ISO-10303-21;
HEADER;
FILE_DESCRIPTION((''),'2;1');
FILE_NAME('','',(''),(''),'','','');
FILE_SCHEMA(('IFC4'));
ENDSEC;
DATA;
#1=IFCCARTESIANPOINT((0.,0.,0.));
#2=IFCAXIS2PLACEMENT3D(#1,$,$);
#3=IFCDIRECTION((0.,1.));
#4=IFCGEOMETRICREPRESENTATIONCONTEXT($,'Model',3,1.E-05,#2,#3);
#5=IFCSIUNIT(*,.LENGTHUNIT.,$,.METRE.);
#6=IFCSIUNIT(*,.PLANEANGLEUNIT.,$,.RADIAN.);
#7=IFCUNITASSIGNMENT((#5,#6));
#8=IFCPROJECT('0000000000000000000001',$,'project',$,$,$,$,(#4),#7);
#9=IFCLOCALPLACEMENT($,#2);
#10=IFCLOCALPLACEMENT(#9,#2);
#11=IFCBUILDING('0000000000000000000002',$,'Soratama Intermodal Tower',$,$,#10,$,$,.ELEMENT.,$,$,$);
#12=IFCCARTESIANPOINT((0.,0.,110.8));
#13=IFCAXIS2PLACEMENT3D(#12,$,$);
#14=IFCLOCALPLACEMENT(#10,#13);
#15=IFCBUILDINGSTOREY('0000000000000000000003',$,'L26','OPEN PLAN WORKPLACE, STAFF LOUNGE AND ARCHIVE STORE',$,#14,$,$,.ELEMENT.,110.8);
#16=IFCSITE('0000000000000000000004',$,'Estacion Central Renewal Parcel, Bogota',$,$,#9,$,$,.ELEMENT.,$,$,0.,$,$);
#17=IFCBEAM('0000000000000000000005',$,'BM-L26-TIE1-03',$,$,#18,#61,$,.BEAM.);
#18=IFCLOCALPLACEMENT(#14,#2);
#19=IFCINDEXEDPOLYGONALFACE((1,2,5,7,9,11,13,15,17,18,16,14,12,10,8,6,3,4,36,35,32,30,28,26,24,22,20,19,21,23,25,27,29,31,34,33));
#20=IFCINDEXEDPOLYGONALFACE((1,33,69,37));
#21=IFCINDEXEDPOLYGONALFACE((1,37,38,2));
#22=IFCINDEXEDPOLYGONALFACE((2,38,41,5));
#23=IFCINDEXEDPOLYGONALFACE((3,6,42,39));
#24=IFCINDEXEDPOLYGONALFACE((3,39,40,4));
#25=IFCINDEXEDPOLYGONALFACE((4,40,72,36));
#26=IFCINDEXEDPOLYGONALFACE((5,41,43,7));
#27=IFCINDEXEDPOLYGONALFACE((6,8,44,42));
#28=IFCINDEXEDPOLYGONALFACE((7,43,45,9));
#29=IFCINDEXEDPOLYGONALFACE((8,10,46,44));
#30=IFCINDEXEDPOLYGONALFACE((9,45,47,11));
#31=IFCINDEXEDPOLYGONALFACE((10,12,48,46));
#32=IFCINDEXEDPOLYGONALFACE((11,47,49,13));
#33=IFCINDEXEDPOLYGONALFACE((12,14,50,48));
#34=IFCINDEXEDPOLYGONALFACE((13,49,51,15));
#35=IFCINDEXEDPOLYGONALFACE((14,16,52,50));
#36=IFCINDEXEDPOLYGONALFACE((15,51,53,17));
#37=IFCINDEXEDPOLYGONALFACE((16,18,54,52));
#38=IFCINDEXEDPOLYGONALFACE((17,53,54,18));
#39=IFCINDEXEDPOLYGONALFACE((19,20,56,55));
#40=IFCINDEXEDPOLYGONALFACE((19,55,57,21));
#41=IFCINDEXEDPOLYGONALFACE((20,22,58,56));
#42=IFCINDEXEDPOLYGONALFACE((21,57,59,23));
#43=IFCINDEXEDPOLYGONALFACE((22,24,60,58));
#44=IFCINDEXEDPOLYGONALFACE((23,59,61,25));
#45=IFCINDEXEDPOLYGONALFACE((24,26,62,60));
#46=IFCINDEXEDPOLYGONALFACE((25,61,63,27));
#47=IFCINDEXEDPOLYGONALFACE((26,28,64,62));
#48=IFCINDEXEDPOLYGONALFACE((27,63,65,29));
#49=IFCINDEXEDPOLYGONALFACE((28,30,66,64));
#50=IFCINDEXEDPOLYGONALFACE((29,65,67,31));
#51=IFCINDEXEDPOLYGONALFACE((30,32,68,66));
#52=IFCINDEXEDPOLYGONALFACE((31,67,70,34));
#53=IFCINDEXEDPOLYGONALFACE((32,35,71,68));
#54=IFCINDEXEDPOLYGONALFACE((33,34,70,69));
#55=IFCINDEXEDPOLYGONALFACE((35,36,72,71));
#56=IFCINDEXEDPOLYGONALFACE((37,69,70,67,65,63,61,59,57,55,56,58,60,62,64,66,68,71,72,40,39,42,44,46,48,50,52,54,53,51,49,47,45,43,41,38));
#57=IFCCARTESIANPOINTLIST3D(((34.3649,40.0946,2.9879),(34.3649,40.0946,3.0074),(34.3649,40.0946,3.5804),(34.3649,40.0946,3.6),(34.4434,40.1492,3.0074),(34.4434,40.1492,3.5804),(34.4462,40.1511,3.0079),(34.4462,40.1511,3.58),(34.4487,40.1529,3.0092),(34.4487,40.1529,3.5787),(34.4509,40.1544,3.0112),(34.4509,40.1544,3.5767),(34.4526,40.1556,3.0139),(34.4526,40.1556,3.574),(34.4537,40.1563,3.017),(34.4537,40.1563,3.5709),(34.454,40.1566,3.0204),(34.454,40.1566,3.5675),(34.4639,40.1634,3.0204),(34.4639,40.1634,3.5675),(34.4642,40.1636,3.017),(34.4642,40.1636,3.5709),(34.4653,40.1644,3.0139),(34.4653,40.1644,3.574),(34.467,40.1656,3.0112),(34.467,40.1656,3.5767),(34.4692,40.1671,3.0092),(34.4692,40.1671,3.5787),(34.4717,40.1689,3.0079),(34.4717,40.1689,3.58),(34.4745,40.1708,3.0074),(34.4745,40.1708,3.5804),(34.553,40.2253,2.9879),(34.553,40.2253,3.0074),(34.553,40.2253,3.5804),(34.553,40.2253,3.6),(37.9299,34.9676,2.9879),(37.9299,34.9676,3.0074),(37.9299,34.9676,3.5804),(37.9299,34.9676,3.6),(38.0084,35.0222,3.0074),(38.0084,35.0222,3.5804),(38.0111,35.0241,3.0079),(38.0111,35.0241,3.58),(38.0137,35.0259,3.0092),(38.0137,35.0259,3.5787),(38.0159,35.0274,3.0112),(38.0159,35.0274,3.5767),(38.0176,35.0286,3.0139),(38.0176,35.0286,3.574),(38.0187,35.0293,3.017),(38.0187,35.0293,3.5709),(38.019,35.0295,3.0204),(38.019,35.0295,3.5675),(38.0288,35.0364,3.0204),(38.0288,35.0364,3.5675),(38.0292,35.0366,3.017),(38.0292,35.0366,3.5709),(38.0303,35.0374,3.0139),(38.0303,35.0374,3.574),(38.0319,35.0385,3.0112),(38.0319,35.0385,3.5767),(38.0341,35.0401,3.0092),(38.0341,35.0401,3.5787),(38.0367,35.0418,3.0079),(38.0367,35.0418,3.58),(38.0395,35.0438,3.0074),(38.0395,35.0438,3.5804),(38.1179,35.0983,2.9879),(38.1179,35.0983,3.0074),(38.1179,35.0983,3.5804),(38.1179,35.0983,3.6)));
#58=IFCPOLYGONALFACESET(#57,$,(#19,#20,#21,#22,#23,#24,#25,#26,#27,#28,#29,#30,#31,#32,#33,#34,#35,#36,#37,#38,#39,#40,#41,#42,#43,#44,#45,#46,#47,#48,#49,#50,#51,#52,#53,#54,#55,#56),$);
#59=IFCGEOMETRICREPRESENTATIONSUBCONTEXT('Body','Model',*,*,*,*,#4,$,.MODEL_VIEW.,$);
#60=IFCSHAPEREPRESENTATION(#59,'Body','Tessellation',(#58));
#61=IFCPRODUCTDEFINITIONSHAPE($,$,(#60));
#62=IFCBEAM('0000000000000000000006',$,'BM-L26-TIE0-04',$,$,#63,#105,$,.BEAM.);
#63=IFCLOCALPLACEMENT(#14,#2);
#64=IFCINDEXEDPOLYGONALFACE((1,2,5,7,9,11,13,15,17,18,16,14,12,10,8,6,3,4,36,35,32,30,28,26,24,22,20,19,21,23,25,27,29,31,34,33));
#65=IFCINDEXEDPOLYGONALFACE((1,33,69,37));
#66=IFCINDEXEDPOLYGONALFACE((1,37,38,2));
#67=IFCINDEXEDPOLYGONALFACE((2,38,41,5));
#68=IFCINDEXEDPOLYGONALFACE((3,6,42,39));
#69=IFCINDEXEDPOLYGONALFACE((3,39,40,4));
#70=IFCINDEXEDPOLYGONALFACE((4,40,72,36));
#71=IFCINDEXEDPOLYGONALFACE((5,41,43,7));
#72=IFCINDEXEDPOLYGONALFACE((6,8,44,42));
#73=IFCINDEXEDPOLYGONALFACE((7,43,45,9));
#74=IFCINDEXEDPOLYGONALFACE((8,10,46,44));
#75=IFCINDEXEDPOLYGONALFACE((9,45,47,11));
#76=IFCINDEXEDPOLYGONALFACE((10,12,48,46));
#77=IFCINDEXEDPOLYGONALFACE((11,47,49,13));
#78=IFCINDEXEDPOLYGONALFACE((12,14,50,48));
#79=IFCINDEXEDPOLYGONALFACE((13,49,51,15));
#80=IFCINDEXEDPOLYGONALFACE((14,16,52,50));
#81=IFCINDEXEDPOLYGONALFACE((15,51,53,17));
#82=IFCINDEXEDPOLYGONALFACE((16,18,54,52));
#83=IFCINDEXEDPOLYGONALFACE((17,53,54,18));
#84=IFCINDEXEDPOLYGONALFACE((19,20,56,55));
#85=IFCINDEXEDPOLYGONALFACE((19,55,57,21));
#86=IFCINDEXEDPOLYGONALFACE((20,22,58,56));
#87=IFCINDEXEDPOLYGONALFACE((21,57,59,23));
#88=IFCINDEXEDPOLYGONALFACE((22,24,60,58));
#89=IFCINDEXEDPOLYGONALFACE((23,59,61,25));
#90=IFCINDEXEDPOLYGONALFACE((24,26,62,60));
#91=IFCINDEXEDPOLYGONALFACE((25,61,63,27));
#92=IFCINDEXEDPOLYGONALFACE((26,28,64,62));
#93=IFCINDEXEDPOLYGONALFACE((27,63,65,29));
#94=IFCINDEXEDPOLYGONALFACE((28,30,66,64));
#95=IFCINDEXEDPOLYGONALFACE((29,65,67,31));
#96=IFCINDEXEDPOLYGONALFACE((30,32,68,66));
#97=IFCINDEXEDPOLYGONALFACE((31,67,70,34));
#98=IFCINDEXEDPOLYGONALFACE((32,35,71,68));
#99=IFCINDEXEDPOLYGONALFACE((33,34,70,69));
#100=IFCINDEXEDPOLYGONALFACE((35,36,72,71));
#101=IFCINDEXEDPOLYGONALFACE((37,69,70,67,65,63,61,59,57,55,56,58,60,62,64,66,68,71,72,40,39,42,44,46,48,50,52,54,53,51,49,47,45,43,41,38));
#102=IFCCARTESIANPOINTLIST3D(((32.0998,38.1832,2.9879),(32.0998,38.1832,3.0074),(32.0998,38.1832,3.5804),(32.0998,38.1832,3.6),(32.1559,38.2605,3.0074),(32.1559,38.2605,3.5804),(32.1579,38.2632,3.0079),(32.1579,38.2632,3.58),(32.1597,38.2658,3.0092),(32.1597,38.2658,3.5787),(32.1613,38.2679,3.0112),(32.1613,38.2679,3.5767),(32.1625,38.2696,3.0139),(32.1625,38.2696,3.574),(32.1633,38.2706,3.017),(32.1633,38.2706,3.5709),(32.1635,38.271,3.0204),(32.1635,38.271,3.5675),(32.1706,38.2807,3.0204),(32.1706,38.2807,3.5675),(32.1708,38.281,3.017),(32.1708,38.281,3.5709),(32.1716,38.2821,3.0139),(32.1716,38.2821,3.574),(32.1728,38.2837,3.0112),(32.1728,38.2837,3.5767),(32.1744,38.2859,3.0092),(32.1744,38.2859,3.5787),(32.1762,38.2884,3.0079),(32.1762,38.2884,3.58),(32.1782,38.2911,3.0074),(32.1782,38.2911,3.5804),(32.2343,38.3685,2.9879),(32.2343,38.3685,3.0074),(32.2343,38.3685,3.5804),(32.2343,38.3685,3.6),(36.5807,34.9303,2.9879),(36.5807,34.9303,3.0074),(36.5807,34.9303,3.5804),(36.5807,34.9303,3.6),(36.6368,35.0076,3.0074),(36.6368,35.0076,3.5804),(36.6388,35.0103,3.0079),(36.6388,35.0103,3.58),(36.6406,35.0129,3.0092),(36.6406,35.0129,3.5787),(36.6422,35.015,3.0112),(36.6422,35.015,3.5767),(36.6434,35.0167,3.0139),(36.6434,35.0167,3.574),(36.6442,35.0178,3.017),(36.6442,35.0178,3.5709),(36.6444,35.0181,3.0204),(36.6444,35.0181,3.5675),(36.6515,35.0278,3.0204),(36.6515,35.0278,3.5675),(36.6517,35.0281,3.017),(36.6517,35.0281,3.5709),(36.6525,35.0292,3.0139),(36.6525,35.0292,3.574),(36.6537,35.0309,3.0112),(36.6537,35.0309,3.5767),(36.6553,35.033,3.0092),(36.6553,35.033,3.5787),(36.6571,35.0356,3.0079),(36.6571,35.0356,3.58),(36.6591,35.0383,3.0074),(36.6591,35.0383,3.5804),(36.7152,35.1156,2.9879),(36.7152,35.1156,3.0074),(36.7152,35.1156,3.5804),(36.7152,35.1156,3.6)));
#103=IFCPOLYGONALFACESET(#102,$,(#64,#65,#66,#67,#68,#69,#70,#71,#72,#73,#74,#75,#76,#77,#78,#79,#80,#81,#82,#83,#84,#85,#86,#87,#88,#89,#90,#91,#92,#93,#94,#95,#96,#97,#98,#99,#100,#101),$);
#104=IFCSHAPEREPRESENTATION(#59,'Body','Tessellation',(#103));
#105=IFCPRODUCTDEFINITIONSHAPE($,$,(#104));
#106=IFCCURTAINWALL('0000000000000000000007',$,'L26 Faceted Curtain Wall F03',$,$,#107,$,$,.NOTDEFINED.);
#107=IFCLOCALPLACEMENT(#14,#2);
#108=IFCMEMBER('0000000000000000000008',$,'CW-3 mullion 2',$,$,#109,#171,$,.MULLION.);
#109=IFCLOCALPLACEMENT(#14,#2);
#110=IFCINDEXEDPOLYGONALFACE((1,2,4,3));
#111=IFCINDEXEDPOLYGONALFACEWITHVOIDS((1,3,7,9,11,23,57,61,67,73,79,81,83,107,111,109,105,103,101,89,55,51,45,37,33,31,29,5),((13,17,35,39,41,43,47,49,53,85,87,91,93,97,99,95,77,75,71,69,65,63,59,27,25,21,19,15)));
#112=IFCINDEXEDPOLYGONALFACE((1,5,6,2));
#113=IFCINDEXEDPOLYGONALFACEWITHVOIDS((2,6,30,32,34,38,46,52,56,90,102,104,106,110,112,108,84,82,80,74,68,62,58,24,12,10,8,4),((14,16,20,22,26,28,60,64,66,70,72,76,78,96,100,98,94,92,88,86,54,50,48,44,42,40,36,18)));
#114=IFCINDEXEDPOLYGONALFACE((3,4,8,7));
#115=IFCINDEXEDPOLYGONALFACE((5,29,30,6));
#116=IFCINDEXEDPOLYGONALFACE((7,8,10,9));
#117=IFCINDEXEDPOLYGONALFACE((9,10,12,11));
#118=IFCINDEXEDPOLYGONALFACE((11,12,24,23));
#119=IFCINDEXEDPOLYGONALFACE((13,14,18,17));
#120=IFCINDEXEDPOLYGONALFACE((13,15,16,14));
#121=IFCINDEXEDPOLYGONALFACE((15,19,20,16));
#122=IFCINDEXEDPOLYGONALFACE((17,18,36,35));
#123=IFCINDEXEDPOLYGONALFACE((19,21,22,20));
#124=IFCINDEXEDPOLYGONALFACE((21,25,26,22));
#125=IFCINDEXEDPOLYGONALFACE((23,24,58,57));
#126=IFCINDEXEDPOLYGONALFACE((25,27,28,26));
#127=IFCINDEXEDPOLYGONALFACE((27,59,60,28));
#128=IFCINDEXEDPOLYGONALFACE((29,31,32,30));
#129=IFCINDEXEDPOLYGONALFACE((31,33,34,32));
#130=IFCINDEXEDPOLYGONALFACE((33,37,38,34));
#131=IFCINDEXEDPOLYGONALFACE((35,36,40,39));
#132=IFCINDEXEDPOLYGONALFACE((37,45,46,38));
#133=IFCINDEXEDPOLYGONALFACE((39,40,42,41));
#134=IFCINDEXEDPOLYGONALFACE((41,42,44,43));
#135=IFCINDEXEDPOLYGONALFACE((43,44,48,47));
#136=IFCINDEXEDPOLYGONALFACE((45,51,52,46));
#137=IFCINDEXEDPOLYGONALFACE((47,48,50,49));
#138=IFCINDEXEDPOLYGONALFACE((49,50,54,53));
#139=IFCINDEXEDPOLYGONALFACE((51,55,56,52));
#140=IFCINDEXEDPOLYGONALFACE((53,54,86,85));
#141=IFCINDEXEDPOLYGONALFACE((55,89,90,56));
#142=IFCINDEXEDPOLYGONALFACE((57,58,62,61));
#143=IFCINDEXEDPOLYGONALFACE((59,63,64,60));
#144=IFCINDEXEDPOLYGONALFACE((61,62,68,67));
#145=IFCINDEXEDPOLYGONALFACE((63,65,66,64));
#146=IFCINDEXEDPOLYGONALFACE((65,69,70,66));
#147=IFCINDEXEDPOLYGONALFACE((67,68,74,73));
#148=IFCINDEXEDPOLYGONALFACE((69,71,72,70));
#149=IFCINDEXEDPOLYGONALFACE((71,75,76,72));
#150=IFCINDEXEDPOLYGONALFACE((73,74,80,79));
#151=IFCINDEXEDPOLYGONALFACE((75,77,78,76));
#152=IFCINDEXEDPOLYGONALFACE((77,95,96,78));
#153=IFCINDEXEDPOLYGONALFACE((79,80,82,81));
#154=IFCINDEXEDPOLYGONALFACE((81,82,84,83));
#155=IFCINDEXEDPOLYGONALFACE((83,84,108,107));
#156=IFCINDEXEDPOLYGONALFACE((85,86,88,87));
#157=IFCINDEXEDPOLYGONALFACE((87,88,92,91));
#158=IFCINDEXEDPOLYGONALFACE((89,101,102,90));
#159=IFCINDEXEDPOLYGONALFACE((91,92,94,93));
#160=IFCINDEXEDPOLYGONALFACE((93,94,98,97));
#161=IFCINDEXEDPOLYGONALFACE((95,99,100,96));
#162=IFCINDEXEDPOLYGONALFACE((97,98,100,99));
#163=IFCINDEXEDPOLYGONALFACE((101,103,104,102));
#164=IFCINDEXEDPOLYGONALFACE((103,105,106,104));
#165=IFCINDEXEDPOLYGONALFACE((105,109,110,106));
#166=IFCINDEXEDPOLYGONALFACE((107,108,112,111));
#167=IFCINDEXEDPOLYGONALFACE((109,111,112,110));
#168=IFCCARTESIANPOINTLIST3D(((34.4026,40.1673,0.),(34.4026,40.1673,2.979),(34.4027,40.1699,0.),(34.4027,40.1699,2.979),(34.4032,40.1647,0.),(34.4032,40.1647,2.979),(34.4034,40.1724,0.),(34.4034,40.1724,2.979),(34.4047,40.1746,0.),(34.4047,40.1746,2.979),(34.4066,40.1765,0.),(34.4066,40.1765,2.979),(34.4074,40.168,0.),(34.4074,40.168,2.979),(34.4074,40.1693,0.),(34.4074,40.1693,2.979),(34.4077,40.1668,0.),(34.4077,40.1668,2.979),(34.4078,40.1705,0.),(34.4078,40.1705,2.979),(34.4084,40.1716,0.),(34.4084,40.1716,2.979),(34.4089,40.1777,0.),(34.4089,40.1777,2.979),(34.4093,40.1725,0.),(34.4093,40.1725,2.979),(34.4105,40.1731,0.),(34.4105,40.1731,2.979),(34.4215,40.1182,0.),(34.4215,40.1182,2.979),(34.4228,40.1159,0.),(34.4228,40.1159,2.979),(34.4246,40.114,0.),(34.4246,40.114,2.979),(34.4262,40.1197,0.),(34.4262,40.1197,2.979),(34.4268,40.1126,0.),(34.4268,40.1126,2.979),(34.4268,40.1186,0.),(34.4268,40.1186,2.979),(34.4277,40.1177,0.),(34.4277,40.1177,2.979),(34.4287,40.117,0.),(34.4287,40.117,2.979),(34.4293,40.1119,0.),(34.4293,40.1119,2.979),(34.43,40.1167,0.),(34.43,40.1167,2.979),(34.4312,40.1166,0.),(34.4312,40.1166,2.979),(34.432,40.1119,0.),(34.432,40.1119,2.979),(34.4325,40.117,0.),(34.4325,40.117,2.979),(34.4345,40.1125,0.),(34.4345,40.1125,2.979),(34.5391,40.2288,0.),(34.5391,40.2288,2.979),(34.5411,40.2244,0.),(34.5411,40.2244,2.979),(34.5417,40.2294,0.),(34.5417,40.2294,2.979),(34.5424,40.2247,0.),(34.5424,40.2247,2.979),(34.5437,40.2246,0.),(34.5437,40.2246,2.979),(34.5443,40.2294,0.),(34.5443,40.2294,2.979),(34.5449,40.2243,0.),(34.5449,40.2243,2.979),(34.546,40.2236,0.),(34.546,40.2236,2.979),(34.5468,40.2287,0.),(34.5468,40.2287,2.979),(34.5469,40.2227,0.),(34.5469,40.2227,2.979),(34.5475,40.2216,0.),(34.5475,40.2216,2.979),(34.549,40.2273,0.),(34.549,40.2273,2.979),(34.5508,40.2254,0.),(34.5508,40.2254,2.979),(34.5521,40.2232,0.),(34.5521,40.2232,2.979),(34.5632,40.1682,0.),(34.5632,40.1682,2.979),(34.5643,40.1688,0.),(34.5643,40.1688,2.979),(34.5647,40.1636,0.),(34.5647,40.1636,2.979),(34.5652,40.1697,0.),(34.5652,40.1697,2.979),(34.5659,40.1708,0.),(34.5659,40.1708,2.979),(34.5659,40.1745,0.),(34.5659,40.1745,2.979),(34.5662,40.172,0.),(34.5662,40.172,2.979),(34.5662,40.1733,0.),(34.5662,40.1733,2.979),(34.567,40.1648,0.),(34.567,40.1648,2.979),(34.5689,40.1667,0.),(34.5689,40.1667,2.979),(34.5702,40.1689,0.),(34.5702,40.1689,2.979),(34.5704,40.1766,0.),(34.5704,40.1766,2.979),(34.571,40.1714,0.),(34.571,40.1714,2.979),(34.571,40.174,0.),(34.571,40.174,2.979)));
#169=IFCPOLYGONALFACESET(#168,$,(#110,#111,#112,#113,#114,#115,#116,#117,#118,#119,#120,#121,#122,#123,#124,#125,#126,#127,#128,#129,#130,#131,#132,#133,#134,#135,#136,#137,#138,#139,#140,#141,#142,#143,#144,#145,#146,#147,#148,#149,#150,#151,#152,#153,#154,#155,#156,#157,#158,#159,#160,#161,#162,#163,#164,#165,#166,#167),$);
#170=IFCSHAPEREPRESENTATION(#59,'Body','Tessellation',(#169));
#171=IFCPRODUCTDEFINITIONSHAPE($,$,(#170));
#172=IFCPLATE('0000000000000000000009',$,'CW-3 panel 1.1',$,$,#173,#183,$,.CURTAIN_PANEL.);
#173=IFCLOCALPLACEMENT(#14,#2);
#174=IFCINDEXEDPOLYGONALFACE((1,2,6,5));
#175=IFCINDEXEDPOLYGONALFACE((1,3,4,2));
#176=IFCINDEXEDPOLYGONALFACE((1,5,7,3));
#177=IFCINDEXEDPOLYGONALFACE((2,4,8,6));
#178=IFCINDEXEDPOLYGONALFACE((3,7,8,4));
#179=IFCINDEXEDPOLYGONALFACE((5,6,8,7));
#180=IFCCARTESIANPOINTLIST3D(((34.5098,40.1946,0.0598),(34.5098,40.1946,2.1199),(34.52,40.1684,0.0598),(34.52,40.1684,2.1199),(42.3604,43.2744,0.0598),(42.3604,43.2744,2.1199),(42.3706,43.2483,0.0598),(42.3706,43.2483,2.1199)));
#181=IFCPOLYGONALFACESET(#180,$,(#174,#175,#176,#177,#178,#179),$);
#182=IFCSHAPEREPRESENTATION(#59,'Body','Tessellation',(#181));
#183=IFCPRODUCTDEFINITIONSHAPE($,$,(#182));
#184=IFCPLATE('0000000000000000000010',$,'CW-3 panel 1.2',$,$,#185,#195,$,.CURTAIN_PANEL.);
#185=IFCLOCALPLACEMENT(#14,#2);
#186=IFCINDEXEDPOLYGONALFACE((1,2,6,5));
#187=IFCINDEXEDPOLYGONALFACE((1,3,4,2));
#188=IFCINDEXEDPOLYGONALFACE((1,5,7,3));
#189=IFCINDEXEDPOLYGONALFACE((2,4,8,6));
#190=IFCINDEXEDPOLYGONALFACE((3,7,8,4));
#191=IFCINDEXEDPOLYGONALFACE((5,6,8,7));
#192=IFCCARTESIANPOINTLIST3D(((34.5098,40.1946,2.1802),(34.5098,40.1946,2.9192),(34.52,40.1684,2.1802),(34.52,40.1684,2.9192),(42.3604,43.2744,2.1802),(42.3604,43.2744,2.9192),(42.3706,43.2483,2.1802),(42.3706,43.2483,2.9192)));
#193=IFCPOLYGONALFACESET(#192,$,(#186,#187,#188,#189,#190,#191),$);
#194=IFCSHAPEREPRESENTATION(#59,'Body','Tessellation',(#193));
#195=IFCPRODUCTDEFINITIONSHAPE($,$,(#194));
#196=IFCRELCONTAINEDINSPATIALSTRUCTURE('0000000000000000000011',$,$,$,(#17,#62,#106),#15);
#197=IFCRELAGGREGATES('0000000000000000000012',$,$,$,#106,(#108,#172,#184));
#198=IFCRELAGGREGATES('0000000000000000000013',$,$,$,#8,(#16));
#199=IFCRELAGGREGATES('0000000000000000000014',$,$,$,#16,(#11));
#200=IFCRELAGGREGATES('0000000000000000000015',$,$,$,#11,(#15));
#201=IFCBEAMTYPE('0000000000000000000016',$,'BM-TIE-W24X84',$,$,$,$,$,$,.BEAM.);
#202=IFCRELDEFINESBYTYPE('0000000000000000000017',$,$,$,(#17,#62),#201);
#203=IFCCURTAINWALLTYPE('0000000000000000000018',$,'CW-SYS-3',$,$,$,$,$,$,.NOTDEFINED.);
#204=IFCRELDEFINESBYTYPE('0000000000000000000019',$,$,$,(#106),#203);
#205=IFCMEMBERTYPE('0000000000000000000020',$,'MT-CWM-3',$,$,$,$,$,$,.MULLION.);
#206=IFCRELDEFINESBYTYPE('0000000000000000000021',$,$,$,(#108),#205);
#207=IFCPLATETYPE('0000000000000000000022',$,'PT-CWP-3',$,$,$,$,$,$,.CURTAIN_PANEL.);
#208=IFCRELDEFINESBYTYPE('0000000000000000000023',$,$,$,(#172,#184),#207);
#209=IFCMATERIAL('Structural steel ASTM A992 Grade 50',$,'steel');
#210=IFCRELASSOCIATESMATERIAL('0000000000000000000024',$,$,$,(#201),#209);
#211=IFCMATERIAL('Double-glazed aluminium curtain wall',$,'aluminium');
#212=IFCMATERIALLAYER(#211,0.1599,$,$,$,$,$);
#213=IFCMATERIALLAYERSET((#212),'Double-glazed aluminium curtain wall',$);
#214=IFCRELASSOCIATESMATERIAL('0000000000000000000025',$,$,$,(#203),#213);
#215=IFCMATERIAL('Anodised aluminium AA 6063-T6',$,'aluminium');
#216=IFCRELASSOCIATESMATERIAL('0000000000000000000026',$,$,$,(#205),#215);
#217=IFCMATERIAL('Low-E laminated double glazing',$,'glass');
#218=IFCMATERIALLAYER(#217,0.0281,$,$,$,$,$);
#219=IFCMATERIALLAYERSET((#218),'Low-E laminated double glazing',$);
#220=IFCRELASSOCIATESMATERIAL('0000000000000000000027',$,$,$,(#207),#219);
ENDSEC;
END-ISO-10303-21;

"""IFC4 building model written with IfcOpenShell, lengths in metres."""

from ifc_helpers import new_model, si_unit, direction, frame, origin, origin_2d, place, context, subcontext, project, spatial, rectangle, hollow_rectangle, i_section, extrude, material, layer, layer_set, material_profile, profile_set, type_object, element, aggregate, save


model = new_model("IFC4")

# Units and contexts
model_context = context("Model", 3, precision=1e-05, world=origin(), true_north=direction((0.0, 1.0)))
body_context = subcontext(model_context, "Body", "Model", "MODEL_VIEW")
ifc_project = project(units=[si_unit("LENGTHUNIT", "METRE"), si_unit("PLANEANGLEUNIT", "RADIAN")], contexts=[model_context])

# Site, building, storey
site_placement = place(None, origin())
site = spatial("IfcSite", under=ifc_project, at=site_placement, Name="Estacion Central Renewal Parcel, Bogota", CompositionType="ELEMENT", RefElevation=0.0)
building_placement = place(site_placement, origin())
building = spatial("IfcBuilding", under=site, at=building_placement, Name="Soratama Intermodal Tower", CompositionType="ELEMENT")
storey_placement = place(building_placement, frame((0.0, 0.0, 110.8)))
storey = spatial("IfcBuildingStorey", under=building, at=storey_placement, Name="L26", Description="OPEN PLAN WORKPLACE, STAFF LOUNGE AND ARCHIVE STORE", CompositionType="ELEMENT", Elevation=110.8)

# Beams
ifc_material_1 = material(Name="Structural steel ASTM A992 Grade 50", Category="steel")
ifc_material_profile_1 = material_profile(ifc_material_1, i_section(OverallWidth=0.229, OverallDepth=0.6121, WebThickness=0.012, FlangeThickness=0.0195, FilletRadius=0.0129, at=origin_2d()), Name="W24X84")
ifc_profile_set_1 = profile_set([ifc_material_profile_1], Name="Structural steel ASTM A992 Grade 50")
beam_type_1 = type_object("IfcBeamType", Name="BM-TIE-W24X84", PredefinedType="BEAM", material=ifc_profile_set_1)
beam_1_placement = place(storey_placement, frame((38.0239, 35.033, 3.2939), z_axis=(-0.570888, 0.821028, 0.0), x_axis=(-0.821028, -0.570888, 0.0)))
element("IfcBeam", 1, at=beam_1_placement, inside=storey, type_object=beam_type_1, Name="BM-L26-TIE1-03", PredefinedType="BEAM", context=body_context, shape_type="SweptSolid", body=[
    extrude(i_section(OverallWidth=0.229, OverallDepth=0.6121, WebThickness=0.012, FlangeThickness=0.0195, FilletRadius=0.0129, at=origin_2d()), origin(), (0.0, 0.0, 1.0), 6.2446),
])
beam_2_placement = place(storey_placement, frame((36.6479, 35.0229, 3.2939), z_axis=(-0.809247, 0.587469, 0.0), x_axis=(-0.587469, -0.809247, 0.0)))
element("IfcBeam", 2, at=beam_2_placement, inside=storey, type_object=beam_type_1, Name="BM-L26-TIE0-04", PredefinedType="BEAM", context=body_context, shape_type="SweptSolid", body=[
    extrude(i_section(OverallWidth=0.229, OverallDepth=0.6121, WebThickness=0.012, FlangeThickness=0.0195, FilletRadius=0.0129, at=origin_2d()), origin(), (0.0, 0.0, 1.0), 5.5371),
])

# Curtain wall, member, plates
ifc_material_2 = material(Name="Double-glazed aluminium curtain wall", Category="aluminium")
ifc_layer_1 = layer(ifc_material_2, 0.1599)
ifc_layer_set_1 = layer_set([ifc_layer_1], Name="Double-glazed aluminium curtain wall")
curtain_wall_type = type_object("IfcCurtainWallType", Name="CW-SYS-3", PredefinedType="NOTDEFINED", material=ifc_layer_set_1)
curtain_wall_placement = place(storey_placement, origin())
curtain_wall = element("IfcCurtainWall", 3, at=curtain_wall_placement, inside=storey, type_object=curtain_wall_type, Name="L26 Faceted Curtain Wall F03", PredefinedType="NOTDEFINED")
ifc_material_3 = material(Name="Anodised aluminium AA 6063-T6", Category="aluminium")
ifc_material_profile_2 = material_profile(ifc_material_3, hollow_rectangle(XDim=0.0701, YDim=0.1599, WallThickness=0.0049, InnerFilletRadius=0.0049, OuterFilletRadius=0.01, at=origin_2d()), Name="CWM160X70X5")
ifc_profile_set_2 = profile_set([ifc_material_profile_2], Name="Anodised aluminium AA 6063-T6")
member_type = type_object("IfcMemberType", Name="MT-CWM-3", PredefinedType="MULLION", material=ifc_profile_set_2)
member_placement = place(storey_placement, frame((34.4868, 40.1707, 0.0), z_axis=(0.0, 0.0, 1.0), x_axis=(0.365208, -0.930926, 0.0)))
member = element("IfcMember", 4, at=member_placement, type_object=member_type, Name="CW-3 mullion 2", PredefinedType="MULLION", context=body_context, shape_type="SweptSolid", body=[
    extrude(hollow_rectangle(XDim=0.0701, YDim=0.1599, WallThickness=0.0049, InnerFilletRadius=0.0049, OuterFilletRadius=0.01, at=origin_2d()), origin(), (0.0, 0.0, 1.0), 2.979),
])
ifc_material_4 = material(Name="Low-E laminated double glazing", Category="glass")
ifc_layer_2 = layer(ifc_material_4, 0.0281)
ifc_layer_set_2 = layer_set([ifc_layer_2], Name="Low-E laminated double glazing")
plate_type = type_object("IfcPlateType", Name="PT-CWP-3", PredefinedType="CURTAIN_PANEL", material=ifc_layer_set_2)
plate_1_placement = place(storey_placement, frame((38.4402, 41.7214, 0.0598), z_axis=(0.0, 0.0, 1.0), x_axis=(-0.930926, -0.365208, 0.0)))
plate_1 = element("IfcPlate", 5, at=plate_1_placement, type_object=plate_type, Name="CW-3 panel 1.1", PredefinedType="CURTAIN_PANEL", context=body_context, shape_type="SweptSolid", body=[
    extrude(rectangle(XDim=8.4331, YDim=0.0281, at=origin_2d()), origin(), (0.0, 0.0, 1.0), 2.0601),
])
plate_2_placement = place(storey_placement, frame((38.4402, 41.7214, 2.1802), z_axis=(0.0, 0.0, 1.0), x_axis=(-0.930926, -0.365208, 0.0)))
plate_2 = element("IfcPlate", 6, at=plate_2_placement, type_object=plate_type, Name="CW-3 panel 1.2", PredefinedType="CURTAIN_PANEL", context=body_context, shape_type="SweptSolid", body=[
    extrude(rectangle(XDim=8.4331, YDim=0.0281, at=origin_2d()), origin(), (0.0, 0.0, 1.0), 0.739),
])
aggregate(curtain_wall, [member, plate_1, plate_2])

save(model, "model.ifc")
